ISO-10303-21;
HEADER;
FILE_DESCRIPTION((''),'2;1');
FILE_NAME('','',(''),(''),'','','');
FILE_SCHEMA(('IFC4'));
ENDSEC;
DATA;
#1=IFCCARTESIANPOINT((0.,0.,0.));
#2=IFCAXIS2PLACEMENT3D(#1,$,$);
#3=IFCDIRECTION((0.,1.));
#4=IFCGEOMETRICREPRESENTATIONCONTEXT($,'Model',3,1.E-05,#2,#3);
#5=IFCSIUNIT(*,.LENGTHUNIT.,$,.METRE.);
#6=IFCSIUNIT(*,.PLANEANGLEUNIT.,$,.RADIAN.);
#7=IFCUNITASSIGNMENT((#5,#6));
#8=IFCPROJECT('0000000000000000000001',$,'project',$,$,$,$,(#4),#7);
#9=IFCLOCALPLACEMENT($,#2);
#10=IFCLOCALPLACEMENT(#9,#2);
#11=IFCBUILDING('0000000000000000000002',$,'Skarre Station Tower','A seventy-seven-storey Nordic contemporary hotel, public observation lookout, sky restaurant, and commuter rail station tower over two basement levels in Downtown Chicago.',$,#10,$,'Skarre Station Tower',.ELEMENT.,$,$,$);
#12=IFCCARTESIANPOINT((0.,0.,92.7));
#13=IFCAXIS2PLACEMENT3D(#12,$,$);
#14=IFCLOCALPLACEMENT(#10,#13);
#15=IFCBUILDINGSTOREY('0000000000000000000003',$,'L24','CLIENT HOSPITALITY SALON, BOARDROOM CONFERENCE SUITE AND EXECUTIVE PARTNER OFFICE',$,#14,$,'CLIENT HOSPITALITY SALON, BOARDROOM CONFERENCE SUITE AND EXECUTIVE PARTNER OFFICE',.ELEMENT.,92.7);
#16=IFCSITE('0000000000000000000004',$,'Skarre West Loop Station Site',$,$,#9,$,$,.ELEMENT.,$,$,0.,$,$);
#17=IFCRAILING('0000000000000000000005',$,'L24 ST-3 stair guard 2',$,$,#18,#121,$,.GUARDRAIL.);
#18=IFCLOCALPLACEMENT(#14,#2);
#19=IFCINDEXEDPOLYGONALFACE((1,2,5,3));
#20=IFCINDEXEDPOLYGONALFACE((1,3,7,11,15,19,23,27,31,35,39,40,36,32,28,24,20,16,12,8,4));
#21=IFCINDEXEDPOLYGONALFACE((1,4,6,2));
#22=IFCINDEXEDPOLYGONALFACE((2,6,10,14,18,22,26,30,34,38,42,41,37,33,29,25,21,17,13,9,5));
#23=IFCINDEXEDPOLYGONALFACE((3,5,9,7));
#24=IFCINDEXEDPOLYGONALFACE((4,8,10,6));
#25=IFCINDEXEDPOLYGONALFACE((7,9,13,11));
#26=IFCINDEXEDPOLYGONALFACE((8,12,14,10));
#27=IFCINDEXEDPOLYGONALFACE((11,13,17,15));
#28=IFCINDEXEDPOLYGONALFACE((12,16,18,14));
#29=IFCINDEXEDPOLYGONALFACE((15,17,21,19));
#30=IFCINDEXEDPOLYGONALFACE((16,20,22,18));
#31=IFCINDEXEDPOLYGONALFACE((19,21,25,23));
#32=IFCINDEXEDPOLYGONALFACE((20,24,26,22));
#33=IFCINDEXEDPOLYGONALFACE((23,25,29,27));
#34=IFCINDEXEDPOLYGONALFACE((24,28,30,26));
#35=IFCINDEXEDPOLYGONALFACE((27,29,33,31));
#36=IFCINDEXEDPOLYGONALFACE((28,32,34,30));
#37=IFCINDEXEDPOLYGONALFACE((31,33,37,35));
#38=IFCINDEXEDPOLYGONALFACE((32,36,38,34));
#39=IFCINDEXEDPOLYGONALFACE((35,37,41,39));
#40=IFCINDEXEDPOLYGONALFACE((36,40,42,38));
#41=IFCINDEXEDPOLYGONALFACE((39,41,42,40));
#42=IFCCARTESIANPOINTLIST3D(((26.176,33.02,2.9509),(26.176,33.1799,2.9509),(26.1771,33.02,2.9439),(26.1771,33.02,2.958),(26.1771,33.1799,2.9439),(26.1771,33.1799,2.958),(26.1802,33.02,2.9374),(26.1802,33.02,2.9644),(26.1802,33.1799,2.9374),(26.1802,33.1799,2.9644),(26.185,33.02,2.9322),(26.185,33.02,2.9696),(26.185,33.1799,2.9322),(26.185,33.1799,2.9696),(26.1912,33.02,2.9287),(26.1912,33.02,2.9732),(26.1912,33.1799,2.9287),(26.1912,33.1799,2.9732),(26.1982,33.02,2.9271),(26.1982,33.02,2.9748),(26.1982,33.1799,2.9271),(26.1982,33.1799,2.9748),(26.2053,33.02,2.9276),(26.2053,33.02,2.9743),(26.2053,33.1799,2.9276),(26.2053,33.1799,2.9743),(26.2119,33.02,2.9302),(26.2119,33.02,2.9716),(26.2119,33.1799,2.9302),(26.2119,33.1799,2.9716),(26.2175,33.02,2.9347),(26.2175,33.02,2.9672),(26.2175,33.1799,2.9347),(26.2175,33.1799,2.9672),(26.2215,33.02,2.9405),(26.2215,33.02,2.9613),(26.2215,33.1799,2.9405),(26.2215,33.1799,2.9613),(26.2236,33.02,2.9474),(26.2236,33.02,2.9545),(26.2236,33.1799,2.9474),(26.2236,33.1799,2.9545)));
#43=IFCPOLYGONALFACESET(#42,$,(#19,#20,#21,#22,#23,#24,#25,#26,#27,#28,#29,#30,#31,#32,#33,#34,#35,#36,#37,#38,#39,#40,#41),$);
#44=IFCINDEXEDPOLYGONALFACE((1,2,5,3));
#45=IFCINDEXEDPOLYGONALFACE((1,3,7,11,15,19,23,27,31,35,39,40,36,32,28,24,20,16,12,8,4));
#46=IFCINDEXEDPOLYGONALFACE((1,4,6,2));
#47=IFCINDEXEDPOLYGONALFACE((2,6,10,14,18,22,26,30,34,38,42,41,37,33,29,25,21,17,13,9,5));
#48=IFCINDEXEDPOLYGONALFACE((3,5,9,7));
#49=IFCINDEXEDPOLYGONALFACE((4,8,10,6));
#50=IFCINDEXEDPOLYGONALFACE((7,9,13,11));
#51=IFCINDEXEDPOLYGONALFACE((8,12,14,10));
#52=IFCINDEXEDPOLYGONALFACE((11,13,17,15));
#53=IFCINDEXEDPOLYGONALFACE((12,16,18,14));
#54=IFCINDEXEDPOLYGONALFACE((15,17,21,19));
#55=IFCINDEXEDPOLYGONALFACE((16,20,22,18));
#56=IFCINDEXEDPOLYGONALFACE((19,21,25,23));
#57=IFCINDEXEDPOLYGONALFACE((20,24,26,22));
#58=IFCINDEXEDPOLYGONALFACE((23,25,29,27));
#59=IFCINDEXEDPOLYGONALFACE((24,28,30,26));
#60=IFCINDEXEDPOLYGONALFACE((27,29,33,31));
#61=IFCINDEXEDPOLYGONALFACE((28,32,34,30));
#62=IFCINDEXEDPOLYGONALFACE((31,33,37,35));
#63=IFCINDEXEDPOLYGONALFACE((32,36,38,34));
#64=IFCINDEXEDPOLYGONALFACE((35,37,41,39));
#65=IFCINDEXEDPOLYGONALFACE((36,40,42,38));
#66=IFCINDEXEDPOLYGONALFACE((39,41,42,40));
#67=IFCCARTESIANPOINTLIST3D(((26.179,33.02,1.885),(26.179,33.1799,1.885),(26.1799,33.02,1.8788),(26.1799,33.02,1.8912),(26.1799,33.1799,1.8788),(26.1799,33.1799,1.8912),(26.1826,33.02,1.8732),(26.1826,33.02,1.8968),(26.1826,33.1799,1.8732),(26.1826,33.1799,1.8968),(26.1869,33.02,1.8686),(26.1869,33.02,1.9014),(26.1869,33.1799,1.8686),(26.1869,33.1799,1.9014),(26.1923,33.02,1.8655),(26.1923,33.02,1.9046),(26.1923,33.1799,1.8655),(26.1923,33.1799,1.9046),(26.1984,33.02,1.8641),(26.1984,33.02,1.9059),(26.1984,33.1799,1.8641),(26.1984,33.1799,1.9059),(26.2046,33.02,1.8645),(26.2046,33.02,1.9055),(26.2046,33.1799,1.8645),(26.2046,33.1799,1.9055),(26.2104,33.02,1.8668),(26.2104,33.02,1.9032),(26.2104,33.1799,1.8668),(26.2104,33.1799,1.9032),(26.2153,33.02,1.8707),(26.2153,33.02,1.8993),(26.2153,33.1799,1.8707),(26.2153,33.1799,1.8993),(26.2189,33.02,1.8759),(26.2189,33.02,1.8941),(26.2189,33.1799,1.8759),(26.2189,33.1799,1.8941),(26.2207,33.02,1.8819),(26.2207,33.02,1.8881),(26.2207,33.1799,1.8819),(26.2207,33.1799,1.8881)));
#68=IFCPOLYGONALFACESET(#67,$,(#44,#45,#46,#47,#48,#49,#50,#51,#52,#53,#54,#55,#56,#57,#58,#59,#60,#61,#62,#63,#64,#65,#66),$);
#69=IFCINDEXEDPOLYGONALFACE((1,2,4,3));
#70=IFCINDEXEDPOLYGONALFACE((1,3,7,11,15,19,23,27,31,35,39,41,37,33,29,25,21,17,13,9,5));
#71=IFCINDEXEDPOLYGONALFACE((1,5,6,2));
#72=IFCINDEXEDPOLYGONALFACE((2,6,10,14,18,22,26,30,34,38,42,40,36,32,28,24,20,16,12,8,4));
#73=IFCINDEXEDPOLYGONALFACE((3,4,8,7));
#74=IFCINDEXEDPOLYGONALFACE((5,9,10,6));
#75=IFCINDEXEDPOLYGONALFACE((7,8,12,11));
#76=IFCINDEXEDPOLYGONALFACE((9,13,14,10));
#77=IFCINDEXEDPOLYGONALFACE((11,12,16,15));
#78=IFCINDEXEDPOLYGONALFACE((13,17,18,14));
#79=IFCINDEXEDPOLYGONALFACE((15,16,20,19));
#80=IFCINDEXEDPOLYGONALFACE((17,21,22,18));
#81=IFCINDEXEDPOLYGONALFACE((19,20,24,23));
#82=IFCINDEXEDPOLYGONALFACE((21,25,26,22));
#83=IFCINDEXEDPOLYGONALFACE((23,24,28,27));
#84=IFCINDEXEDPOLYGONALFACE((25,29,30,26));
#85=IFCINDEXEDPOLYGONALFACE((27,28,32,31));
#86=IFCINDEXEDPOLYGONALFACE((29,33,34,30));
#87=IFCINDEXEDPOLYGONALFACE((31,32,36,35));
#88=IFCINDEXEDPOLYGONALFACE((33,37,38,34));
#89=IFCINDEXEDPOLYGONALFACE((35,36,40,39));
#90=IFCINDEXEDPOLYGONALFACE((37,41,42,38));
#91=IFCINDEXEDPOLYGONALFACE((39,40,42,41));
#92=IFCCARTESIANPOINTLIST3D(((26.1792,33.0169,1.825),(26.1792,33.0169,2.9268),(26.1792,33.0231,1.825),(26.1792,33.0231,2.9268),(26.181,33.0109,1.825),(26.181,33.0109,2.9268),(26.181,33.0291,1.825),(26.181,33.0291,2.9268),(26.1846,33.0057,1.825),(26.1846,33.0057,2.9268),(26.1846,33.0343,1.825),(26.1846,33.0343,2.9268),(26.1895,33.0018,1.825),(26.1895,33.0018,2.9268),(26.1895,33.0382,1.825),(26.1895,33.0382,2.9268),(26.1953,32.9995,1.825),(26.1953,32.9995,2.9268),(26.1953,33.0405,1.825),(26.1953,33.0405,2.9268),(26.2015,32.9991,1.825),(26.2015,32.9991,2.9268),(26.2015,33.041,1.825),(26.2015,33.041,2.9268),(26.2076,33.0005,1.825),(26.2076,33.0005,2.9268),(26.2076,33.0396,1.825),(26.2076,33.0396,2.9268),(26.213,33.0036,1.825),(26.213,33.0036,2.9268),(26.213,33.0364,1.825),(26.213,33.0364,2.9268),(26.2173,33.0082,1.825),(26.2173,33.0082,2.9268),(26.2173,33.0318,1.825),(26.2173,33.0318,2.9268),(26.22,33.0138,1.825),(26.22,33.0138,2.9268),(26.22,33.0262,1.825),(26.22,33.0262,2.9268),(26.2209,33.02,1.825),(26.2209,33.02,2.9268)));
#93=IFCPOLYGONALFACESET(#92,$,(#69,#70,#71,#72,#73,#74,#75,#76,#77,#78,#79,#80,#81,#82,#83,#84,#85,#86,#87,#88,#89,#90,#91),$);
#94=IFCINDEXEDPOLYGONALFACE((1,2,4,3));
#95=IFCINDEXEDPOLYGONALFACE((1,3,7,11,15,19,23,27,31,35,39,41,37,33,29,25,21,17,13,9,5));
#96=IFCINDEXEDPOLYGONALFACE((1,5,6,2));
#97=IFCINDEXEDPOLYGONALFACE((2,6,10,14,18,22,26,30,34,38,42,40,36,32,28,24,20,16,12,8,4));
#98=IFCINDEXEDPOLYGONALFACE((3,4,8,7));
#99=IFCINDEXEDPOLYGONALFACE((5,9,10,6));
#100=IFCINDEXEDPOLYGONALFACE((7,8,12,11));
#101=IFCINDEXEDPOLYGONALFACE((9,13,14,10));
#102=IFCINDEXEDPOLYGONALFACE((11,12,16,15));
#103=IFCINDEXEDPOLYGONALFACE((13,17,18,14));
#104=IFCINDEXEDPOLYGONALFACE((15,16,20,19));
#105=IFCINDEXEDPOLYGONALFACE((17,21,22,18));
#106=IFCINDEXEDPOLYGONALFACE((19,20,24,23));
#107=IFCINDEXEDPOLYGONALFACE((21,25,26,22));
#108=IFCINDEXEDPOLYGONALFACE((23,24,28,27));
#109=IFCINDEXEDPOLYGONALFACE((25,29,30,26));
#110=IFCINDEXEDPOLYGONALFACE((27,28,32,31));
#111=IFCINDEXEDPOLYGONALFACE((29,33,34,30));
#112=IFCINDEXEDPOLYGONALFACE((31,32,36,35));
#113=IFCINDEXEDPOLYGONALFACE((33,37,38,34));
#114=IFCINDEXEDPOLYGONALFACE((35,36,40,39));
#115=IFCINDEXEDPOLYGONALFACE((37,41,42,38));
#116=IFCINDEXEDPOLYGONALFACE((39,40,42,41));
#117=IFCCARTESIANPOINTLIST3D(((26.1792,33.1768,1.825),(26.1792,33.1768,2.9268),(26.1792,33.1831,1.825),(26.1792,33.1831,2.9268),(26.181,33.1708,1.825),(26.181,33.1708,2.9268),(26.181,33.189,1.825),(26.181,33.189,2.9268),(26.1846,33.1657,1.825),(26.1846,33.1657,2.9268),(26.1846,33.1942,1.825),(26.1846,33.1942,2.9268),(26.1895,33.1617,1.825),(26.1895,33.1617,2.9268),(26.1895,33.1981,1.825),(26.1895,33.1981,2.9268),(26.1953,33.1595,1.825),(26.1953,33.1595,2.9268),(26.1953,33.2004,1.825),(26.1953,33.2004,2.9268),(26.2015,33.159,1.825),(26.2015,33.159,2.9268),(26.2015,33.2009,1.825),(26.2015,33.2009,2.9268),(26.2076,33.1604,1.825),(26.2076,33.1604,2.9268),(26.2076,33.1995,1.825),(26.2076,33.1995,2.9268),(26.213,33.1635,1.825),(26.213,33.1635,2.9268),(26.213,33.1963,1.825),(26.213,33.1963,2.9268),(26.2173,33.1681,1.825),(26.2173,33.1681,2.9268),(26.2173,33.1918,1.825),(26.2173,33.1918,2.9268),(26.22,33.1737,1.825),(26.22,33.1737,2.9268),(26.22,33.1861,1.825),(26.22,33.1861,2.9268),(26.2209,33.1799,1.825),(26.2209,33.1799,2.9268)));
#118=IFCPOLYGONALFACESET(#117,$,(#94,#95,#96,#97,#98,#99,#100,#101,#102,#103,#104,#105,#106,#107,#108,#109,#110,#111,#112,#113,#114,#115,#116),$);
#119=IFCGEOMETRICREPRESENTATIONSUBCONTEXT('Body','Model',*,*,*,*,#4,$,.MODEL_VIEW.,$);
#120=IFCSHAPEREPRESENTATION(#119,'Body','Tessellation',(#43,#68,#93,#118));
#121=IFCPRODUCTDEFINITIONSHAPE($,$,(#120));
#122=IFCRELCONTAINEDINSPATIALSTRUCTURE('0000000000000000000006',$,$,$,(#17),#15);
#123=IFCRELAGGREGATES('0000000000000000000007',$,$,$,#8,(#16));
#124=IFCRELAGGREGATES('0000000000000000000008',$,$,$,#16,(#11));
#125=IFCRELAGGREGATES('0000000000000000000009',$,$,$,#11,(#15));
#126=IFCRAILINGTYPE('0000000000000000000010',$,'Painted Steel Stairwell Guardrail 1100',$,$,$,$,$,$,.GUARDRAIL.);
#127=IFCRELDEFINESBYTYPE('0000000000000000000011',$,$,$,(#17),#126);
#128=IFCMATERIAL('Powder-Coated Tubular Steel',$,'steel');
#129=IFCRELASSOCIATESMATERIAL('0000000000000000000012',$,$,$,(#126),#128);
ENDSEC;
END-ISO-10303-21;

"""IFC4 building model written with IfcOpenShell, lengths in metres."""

from ifc_helpers import new_model, si_unit, direction, frame, origin, origin_2d, place, context, subcontext, project, spatial, circle, extrude, material, type_object, element, save


model = new_model("IFC4")

# Units and contexts
model_context = context("Model", 3, precision=1e-05, world=origin(), true_north=direction((0.0, 1.0)))
body_context = subcontext(model_context, "Body", "Model", "MODEL_VIEW")
ifc_project = project(units=[si_unit("LENGTHUNIT", "METRE"), si_unit("PLANEANGLEUNIT", "RADIAN")], contexts=[model_context])

# Site, building, storey
site_placement = place(None, origin())
site = spatial("IfcSite", under=ifc_project, at=site_placement, Name="Skarre West Loop Station Site", CompositionType="ELEMENT", RefElevation=0.0)
building_placement = place(site_placement, origin())
building = spatial("IfcBuilding", under=site, at=building_placement, Name="Skarre Station Tower", Description="A seventy-seven-storey Nordic contemporary hotel, public observation lookout, sky restaurant, and commuter rail station tower over two basement levels in Downtown Chicago.", LongName="Skarre Station Tower", CompositionType="ELEMENT")
storey_placement = place(building_placement, frame((0.0, 0.0, 92.7)))
storey = spatial("IfcBuildingStorey", under=building, at=storey_placement, Name="L24", Description="CLIENT HOSPITALITY SALON, BOARDROOM CONFERENCE SUITE AND EXECUTIVE PARTNER OFFICE", LongName="CLIENT HOSPITALITY SALON, BOARDROOM CONFERENCE SUITE AND EXECUTIVE PARTNER OFFICE", CompositionType="ELEMENT", Elevation=92.7)

# Railing
ifc_material_1 = material(Name="Powder-Coated Tubular Steel", Category="steel")
railing_type_1 = type_object("IfcRailingType", Name="Painted Steel Stairwell Guardrail 1100", PredefinedType="GUARDRAIL", material=ifc_material_1)
railing_1_placement = place(storey_placement, frame((26.2, 33.02, 1.825)))
element("IfcRailing", 1, at=railing_1_placement, inside=storey, type_object=railing_type_1, Name="L24 ST-3 stair guard 2", PredefinedType="GUARDRAIL", context=body_context, shape_type="SweptSolid", body=[
    extrude(circle(Radius=0.0239, at=origin_2d()), frame((0.0, 0.0, 1.126), z_axis=(0.0, 1.0, 0.0), x_axis=(-1.0, 0.0, 0.0)), (0.0, 0.0, 1.0), 0.1599),
    extrude(circle(Radius=0.021, at=origin_2d()), frame((0.0, 0.0, 0.0601), z_axis=(0.0, 1.0, 0.0), x_axis=(-1.0, 0.0, 0.0)), (0.0, 0.0, 1.0), 0.1599),
    extrude(circle(Radius=0.021, at=origin_2d()), origin(), (0.0, 0.0, 1.0), 1.1018),
    extrude(circle(Radius=0.021, at=origin_2d()), frame((0.0, 0.1599, 0.0)), (0.0, 0.0, 1.0), 1.1018),
])

save(model, "model.ifc")
